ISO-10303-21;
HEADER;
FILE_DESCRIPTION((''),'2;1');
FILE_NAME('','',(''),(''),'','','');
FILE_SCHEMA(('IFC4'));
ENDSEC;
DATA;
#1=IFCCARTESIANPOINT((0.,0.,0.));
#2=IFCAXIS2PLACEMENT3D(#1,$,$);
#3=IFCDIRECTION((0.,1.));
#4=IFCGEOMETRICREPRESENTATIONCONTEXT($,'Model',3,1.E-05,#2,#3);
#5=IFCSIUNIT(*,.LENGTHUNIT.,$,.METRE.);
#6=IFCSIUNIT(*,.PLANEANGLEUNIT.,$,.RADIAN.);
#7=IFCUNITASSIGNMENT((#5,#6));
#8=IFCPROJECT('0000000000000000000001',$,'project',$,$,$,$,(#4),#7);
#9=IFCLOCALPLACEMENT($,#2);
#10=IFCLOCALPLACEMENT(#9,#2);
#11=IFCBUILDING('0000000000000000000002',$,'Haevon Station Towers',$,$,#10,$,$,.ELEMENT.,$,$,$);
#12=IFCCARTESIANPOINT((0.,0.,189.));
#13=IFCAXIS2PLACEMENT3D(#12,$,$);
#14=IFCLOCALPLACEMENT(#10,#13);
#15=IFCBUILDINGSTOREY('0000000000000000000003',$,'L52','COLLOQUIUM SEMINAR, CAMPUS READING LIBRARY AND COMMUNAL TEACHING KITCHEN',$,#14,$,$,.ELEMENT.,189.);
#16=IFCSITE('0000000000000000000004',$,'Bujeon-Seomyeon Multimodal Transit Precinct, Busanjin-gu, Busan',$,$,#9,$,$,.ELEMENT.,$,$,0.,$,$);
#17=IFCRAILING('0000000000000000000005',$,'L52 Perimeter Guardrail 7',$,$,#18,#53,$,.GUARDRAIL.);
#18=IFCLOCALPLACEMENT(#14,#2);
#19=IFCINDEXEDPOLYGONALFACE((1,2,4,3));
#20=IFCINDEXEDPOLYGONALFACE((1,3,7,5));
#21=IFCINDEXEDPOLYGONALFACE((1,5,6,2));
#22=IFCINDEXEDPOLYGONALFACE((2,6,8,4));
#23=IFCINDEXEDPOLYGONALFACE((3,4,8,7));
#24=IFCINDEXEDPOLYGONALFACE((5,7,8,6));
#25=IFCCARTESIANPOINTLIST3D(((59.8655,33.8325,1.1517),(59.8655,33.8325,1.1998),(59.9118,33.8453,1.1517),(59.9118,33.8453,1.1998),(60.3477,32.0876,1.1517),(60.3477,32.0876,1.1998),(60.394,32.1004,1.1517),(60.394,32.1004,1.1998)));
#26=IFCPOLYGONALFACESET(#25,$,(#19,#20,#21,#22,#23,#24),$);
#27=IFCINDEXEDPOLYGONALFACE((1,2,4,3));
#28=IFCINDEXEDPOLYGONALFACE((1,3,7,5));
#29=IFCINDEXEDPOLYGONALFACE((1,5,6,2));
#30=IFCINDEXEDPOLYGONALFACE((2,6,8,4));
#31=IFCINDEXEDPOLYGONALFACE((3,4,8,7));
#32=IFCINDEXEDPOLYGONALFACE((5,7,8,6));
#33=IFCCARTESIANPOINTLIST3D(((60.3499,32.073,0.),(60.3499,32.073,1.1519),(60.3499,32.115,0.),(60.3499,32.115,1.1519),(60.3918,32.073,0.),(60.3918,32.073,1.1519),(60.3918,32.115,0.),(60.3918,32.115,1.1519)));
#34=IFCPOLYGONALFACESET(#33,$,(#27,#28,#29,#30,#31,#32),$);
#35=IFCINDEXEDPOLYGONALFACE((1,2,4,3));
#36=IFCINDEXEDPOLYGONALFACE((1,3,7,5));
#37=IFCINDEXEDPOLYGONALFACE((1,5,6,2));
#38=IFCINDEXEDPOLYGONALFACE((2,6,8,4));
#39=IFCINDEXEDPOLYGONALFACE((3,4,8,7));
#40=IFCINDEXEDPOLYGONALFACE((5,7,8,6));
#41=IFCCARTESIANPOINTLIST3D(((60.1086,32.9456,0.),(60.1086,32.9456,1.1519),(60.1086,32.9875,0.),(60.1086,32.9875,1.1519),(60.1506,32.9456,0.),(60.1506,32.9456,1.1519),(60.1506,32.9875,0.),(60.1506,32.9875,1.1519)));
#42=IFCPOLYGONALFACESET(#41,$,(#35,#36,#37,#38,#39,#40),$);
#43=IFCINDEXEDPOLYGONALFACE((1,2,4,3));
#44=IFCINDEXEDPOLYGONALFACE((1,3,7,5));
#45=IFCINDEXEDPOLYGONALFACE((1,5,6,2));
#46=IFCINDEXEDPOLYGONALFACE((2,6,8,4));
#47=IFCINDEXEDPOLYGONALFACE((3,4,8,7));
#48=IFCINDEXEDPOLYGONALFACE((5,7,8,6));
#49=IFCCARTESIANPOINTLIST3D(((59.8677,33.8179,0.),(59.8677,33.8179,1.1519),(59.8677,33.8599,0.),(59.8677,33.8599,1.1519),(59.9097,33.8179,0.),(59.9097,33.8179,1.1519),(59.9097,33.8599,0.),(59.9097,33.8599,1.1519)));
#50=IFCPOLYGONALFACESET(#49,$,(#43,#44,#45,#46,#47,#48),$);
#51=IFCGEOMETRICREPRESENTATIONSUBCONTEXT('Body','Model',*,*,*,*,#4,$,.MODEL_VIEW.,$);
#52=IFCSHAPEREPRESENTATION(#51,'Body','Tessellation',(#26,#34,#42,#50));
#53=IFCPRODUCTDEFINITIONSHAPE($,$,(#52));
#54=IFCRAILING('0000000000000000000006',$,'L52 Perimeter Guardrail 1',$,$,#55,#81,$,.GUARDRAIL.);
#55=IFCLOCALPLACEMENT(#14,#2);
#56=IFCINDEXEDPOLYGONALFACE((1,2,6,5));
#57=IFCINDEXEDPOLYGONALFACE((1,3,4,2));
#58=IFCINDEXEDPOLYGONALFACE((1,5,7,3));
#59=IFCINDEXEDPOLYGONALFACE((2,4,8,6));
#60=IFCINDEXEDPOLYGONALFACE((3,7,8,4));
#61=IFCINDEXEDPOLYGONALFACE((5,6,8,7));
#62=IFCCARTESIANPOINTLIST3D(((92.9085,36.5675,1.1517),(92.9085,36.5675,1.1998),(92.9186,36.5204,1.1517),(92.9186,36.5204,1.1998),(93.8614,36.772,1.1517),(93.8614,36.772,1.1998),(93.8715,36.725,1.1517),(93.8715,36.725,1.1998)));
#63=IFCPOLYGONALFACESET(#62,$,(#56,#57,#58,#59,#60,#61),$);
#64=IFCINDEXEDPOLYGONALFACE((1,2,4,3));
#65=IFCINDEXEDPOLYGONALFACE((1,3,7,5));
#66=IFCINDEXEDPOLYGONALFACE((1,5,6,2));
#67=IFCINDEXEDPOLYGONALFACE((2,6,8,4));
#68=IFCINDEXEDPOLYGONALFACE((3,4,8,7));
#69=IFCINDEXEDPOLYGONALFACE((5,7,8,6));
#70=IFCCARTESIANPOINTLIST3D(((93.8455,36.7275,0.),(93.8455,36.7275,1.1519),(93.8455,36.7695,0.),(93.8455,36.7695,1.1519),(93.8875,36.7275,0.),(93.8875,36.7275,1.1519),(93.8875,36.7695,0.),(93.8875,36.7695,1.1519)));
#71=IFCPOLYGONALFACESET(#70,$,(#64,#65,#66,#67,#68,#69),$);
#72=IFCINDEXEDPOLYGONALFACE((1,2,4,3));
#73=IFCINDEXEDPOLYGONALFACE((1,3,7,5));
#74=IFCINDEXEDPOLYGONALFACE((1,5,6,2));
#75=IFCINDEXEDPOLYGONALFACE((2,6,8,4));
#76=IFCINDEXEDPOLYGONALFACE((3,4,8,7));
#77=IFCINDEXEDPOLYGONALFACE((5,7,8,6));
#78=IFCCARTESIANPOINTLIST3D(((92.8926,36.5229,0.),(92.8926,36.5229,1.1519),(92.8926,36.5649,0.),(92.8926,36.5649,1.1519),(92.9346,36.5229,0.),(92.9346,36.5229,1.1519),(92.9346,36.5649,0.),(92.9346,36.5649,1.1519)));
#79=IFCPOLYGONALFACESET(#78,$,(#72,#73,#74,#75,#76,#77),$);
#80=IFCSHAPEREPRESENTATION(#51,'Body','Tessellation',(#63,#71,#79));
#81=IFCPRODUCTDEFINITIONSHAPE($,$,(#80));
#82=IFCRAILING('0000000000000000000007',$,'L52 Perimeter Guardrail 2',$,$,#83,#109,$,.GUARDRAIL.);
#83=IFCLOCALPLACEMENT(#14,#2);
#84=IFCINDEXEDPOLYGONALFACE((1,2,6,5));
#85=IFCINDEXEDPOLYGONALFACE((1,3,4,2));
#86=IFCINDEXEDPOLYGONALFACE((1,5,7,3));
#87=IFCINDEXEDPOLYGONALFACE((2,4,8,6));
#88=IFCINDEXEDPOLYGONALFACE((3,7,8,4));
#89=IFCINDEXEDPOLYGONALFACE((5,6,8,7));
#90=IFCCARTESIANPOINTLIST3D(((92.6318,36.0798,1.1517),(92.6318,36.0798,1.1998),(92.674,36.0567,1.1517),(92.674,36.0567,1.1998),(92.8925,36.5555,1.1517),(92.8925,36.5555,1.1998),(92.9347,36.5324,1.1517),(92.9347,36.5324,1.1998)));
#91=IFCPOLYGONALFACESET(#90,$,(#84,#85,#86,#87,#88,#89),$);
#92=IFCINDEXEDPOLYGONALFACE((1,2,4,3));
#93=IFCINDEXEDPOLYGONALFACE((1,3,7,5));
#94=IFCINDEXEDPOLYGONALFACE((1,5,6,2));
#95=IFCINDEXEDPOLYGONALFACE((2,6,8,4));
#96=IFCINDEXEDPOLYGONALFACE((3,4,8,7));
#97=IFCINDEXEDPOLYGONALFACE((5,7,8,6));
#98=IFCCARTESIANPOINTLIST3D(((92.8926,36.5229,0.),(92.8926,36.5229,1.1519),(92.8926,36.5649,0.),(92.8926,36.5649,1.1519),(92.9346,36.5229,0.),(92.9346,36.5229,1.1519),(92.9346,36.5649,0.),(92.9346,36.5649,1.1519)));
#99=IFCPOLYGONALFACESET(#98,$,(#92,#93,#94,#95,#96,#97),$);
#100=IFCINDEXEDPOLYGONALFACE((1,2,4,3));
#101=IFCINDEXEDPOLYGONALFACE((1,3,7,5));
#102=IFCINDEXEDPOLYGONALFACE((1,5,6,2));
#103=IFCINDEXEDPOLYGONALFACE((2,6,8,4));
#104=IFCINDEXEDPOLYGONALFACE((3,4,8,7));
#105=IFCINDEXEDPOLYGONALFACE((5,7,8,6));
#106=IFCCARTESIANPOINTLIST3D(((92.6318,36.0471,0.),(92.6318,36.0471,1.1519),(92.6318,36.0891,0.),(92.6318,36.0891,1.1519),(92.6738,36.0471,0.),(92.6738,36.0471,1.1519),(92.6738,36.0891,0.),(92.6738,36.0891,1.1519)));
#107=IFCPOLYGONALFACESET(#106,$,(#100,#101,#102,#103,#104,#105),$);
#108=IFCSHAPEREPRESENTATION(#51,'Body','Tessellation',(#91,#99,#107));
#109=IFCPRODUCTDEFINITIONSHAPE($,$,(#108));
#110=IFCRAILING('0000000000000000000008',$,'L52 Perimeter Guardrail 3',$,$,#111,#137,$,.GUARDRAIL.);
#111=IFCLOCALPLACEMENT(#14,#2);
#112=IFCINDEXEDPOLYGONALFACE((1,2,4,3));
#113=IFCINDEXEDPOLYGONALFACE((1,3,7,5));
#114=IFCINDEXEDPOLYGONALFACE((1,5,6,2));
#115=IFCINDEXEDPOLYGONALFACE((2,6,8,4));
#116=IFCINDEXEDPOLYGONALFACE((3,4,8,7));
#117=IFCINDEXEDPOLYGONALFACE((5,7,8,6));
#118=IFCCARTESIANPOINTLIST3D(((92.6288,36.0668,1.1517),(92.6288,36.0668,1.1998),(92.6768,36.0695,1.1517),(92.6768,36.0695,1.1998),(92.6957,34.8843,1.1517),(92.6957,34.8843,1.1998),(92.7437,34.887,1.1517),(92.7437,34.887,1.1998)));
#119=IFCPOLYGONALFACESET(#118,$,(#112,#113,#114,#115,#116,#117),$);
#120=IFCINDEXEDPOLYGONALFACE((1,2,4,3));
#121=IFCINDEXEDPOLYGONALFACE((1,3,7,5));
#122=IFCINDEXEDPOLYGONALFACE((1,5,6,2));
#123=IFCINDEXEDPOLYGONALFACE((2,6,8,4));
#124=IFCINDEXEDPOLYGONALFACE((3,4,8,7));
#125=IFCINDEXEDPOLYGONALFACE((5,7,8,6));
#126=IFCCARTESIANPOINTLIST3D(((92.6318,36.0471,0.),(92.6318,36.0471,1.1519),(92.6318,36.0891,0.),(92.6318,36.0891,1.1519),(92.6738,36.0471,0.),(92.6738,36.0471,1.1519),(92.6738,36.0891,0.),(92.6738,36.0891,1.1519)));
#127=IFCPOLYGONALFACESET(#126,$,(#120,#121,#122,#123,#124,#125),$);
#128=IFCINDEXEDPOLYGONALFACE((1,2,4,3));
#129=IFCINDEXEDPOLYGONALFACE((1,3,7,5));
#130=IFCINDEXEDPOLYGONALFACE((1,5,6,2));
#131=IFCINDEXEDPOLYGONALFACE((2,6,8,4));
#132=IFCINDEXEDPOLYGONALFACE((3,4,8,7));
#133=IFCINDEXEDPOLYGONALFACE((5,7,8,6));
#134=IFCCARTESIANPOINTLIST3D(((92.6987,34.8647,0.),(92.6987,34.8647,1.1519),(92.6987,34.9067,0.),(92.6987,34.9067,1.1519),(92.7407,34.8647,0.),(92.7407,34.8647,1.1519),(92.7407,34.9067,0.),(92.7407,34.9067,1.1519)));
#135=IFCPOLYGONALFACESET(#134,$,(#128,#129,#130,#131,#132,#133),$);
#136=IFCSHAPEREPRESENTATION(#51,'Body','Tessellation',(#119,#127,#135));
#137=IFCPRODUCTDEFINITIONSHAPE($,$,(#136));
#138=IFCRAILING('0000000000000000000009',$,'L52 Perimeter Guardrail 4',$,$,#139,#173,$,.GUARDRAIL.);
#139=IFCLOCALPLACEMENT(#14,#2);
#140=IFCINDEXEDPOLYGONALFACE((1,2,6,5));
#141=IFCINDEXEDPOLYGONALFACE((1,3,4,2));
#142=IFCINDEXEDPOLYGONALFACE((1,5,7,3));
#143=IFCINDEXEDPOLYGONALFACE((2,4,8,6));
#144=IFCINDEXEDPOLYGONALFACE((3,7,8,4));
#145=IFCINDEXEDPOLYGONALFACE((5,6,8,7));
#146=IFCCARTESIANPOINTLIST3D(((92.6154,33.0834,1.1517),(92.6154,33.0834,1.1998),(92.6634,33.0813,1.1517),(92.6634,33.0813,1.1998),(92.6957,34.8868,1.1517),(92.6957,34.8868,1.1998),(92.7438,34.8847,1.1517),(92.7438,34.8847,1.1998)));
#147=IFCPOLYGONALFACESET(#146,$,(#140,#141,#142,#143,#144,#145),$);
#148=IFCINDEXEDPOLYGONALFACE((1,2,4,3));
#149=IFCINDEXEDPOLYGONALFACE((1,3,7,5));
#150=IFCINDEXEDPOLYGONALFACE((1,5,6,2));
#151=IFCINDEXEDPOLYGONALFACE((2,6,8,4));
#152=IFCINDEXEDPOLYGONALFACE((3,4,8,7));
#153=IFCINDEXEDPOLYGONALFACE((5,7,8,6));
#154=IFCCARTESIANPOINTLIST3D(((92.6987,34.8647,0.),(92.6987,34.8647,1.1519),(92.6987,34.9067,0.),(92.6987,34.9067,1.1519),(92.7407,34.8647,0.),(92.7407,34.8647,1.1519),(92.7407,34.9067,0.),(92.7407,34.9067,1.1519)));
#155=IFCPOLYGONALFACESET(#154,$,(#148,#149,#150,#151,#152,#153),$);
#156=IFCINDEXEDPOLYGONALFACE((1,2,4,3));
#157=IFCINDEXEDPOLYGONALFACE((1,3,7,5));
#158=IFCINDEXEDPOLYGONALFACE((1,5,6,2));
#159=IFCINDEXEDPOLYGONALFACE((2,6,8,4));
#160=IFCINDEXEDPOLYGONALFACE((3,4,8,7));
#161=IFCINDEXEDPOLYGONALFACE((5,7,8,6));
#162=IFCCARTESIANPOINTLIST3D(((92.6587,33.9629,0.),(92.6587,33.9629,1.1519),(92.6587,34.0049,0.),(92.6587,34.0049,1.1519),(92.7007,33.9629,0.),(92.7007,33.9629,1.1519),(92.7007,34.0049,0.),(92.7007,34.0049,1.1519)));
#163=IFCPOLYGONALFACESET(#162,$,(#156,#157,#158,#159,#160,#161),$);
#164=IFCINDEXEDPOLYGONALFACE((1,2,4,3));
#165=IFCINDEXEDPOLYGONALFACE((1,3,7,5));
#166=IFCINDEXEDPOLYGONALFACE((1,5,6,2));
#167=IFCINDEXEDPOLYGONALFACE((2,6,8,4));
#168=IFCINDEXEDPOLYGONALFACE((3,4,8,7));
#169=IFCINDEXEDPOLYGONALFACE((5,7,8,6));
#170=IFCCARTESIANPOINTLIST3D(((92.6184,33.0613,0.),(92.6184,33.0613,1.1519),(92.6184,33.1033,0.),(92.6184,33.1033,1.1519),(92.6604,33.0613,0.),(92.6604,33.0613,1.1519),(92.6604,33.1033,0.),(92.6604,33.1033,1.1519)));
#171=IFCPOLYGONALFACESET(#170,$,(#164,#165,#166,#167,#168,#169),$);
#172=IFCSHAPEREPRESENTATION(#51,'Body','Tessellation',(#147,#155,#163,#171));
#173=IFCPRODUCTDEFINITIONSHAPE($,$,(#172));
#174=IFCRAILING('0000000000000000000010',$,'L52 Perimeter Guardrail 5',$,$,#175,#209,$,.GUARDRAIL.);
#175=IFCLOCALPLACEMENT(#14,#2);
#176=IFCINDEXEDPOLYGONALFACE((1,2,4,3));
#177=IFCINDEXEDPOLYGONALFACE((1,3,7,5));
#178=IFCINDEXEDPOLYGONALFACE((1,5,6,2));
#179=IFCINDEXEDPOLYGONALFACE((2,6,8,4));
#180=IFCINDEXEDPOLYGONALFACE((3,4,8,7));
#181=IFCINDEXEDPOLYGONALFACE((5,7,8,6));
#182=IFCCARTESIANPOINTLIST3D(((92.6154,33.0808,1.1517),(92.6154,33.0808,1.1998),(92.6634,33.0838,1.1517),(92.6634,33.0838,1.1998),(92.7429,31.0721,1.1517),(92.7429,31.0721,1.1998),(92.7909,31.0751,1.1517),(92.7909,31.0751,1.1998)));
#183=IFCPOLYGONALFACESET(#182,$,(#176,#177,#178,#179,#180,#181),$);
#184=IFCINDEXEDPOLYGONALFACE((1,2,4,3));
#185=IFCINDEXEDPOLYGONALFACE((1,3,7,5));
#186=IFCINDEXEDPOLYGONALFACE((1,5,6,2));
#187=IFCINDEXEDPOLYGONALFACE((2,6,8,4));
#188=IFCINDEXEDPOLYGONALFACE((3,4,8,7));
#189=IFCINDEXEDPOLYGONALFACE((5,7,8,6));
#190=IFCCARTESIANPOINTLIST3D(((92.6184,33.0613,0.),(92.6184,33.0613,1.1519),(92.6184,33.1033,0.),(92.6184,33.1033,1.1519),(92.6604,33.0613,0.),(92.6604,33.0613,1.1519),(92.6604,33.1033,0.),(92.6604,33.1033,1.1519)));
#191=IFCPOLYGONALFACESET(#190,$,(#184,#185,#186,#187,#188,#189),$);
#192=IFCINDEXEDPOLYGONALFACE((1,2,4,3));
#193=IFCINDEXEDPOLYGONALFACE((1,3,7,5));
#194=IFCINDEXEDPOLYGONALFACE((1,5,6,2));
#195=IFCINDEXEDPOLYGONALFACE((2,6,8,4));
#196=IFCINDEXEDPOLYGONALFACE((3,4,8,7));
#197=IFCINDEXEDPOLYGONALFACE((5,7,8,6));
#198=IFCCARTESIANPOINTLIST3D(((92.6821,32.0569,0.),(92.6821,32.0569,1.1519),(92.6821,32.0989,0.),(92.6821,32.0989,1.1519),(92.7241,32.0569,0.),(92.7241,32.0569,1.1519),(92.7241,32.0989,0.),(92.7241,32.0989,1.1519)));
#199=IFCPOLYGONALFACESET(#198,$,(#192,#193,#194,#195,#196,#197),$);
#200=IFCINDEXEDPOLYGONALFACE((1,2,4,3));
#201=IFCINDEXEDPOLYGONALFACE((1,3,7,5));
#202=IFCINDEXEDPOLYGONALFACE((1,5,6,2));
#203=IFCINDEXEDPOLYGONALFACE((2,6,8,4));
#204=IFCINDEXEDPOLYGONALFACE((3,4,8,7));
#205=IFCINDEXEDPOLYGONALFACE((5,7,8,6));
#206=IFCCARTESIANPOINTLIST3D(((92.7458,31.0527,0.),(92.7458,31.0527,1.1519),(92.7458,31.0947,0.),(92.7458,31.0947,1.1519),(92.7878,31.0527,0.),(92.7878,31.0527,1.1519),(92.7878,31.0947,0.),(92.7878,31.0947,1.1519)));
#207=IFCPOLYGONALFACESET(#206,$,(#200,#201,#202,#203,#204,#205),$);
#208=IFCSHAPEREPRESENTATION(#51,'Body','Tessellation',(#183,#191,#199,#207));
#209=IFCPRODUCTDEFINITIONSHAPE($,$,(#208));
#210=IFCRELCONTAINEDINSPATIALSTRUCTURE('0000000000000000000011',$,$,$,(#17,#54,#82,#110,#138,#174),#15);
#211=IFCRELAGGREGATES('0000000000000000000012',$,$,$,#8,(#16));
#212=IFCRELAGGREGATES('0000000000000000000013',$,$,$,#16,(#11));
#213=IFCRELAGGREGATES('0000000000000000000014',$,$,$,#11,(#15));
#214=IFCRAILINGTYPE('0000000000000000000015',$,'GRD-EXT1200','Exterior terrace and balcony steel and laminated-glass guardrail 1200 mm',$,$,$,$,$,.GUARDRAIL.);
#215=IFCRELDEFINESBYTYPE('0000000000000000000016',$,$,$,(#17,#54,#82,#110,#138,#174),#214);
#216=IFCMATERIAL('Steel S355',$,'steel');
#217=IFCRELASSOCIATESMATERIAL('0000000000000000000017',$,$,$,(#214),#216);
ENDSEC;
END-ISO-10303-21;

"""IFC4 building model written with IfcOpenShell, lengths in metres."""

from ifc_helpers import new_model, si_unit, direction, frame, origin, origin_2d, place, context, subcontext, project, spatial, rectangle, extrude, material, type_object, element, save


model = new_model("IFC4")

# Units and contexts
model_context = context("Model", 3, precision=1e-05, world=origin(), true_north=direction((0.0, 1.0)))
body_context = subcontext(model_context, "Body", "Model", "MODEL_VIEW")
ifc_project = project(units=[si_unit("LENGTHUNIT", "METRE"), si_unit("PLANEANGLEUNIT", "RADIAN")], contexts=[model_context])

# Site, building, storey
site_placement = place(None, origin())
site = spatial("IfcSite", under=ifc_project, at=site_placement, Name="Bujeon-Seomyeon Multimodal Transit Precinct, Busanjin-gu, Busan", CompositionType="ELEMENT", RefElevation=0.0)
building_placement = place(site_placement, origin())
building = spatial("IfcBuilding", under=site, at=building_placement, Name="Haevon Station Towers", CompositionType="ELEMENT")
storey_placement = place(building_placement, frame((0.0, 0.0, 189.0)))
storey = spatial("IfcBuildingStorey", under=building, at=storey_placement, Name="L52", Description="COLLOQUIUM SEMINAR, CAMPUS READING LIBRARY AND COMMUNAL TEACHING KITCHEN", CompositionType="ELEMENT", Elevation=189.0)

# Shared definitions
ifc_material_1 = material(Name="Steel S355", Category="steel")

# Railings
railing_type = type_object("IfcRailingType", Name="GRD-EXT1200", Description="Exterior terrace and balcony steel and laminated-glass guardrail 1200 mm", PredefinedType="GUARDRAIL", material=ifc_material_1)
railing_1_placement = place(storey_placement, frame((60.3708, 32.094, 0.0)))
element("IfcRailing", 1, at=railing_1_placement, inside=storey, type_object=railing_type, Name="L52 Perimeter Guardrail 7", PredefinedType="GUARDRAIL", context=body_context, shape_type="SweptSolid", body=[
    extrude(rectangle(XDim=0.0481, YDim=0.0481, at=origin_2d()), frame((0.0, 0.0, 1.1758), z_axis=(-0.266357, 0.963874, 0.0), x_axis=(-0.963874, -0.266357, 0.0)), (0.0, 0.0, 1.0), 1.8103),
    extrude(rectangle(XDim=0.042, YDim=0.042, at=origin_2d()), origin(), (0.0, 0.0, 1.0), 1.1519),
    extrude(rectangle(XDim=0.042, YDim=0.042, at=origin_2d()), frame((-0.2412, 0.8726, 0.0)), (0.0, 0.0, 1.0), 1.1519),
    extrude(rectangle(XDim=0.042, YDim=0.042, at=origin_2d()), frame((-0.4822, 1.7449, 0.0)), (0.0, 0.0, 1.0), 1.1519),
])
railing_2_placement = place(storey_placement, frame((93.8665, 36.7485, 0.0)))
element("IfcRailing", 2, at=railing_2_placement, inside=storey, type_object=railing_type, Name="L52 Perimeter Guardrail 1", PredefinedType="GUARDRAIL", context=body_context, shape_type="SweptSolid", body=[
    extrude(rectangle(XDim=0.0481, YDim=0.0481, at=origin_2d()), frame((0.0, 0.0, 1.1758), z_axis=(-0.977718, -0.209923, 0.0), x_axis=(0.209923, -0.977718, 0.0)), (0.0, 0.0, 1.0), 0.9746),
    extrude(rectangle(XDim=0.042, YDim=0.042, at=origin_2d()), origin(), (0.0, 0.0, 1.0), 1.1519),
    extrude(rectangle(XDim=0.042, YDim=0.042, at=origin_2d()), frame((-0.9529, -0.2046, 0.0)), (0.0, 0.0, 1.0), 1.1519),
])
railing_3_placement = place(storey_placement, frame((92.9136, 36.5439, 0.0)))
element("IfcRailing", 3, at=railing_3_placement, inside=storey, type_object=railing_type, Name="L52 Perimeter Guardrail 2", PredefinedType="GUARDRAIL", context=body_context, shape_type="SweptSolid", body=[
    extrude(rectangle(XDim=0.0481, YDim=0.0481, at=origin_2d()), frame((0.0, 0.0, 1.1758), z_axis=(-0.480554, -0.876965, 0.0), x_axis=(0.876965, -0.480554, 0.0)), (0.0, 0.0, 1.0), 0.5425),
    extrude(rectangle(XDim=0.042, YDim=0.042, at=origin_2d()), origin(), (0.0, 0.0, 1.0), 1.1519),
    extrude(rectangle(XDim=0.042, YDim=0.042, at=origin_2d()), frame((-0.2607, -0.4758, 0.0)), (0.0, 0.0, 1.0), 1.1519),
])
railing_4_placement = place(storey_placement, frame((92.6528, 36.0681, 0.0)))
element("IfcRailing", 4, at=railing_4_placement, inside=storey, type_object=railing_type, Name="L52 Perimeter Guardrail 3", PredefinedType="GUARDRAIL", context=body_context, shape_type="SweptSolid", body=[
    extrude(rectangle(XDim=0.0481, YDim=0.0481, at=origin_2d()), frame((0.0, 0.0, 1.1758), z_axis=(0.056486, -0.998403, 0.0), x_axis=(0.998403, 0.056486, 0.0)), (0.0, 0.0, 1.0), 1.1843),
    extrude(rectangle(XDim=0.042, YDim=0.042, at=origin_2d()), origin(), (0.0, 0.0, 1.0), 1.1519),
    extrude(rectangle(XDim=0.042, YDim=0.042, at=origin_2d()), frame((0.0669, -1.1824, 0.0)), (0.0, 0.0, 1.0), 1.1519),
])
railing_5_placement = place(storey_placement, frame((92.7197, 34.8857, 0.0)))
element("IfcRailing", 5, at=railing_5_placement, inside=storey, type_object=railing_type, Name="L52 Perimeter Guardrail 4", PredefinedType="GUARDRAIL", context=body_context, shape_type="SweptSolid", body=[
    extrude(rectangle(XDim=0.0481, YDim=0.0481, at=origin_2d()), frame((0.0, 0.0, 1.1758), z_axis=(-0.044494, -0.99901, 0.0), x_axis=(0.99901, -0.044494, 0.0)), (0.0, 0.0, 1.0), 1.8052),
    extrude(rectangle(XDim=0.042, YDim=0.042, at=origin_2d()), origin(), (0.0, 0.0, 1.0), 1.1519),
    extrude(rectangle(XDim=0.042, YDim=0.042, at=origin_2d()), frame((-0.04, -0.9019, 0.0)), (0.0, 0.0, 1.0), 1.1519),
    extrude(rectangle(XDim=0.042, YDim=0.042, at=origin_2d()), frame((-0.0803, -1.8035, 0.0)), (0.0, 0.0, 1.0), 1.1519),
])
railing_6_placement = place(storey_placement, frame((92.6394, 33.0823, 0.0)))
element("IfcRailing", 6, at=railing_6_placement, inside=storey, type_object=railing_type, Name="L52 Perimeter Guardrail 5", PredefinedType="GUARDRAIL", context=body_context, shape_type="SweptSolid", body=[
    extrude(rectangle(XDim=0.0481, YDim=0.0481, at=origin_2d()), frame((0.0, 0.0, 1.1758), z_axis=(0.063322, -0.997993, 0.0), x_axis=(0.997993, 0.063322, 0.0)), (0.0, 0.0, 1.0), 2.0127),
    extrude(rectangle(XDim=0.042, YDim=0.042, at=origin_2d()), origin(), (0.0, 0.0, 1.0), 1.1519),
    extrude(rectangle(XDim=0.042, YDim=0.042, at=origin_2d()), frame((0.0637, -1.0044, 0.0)), (0.0, 0.0, 1.0), 1.1519),
    extrude(rectangle(XDim=0.042, YDim=0.042, at=origin_2d()), frame((0.1274, -2.0085, 0.0)), (0.0, 0.0, 1.0), 1.1519),
])

save(model, "model.ifc")
